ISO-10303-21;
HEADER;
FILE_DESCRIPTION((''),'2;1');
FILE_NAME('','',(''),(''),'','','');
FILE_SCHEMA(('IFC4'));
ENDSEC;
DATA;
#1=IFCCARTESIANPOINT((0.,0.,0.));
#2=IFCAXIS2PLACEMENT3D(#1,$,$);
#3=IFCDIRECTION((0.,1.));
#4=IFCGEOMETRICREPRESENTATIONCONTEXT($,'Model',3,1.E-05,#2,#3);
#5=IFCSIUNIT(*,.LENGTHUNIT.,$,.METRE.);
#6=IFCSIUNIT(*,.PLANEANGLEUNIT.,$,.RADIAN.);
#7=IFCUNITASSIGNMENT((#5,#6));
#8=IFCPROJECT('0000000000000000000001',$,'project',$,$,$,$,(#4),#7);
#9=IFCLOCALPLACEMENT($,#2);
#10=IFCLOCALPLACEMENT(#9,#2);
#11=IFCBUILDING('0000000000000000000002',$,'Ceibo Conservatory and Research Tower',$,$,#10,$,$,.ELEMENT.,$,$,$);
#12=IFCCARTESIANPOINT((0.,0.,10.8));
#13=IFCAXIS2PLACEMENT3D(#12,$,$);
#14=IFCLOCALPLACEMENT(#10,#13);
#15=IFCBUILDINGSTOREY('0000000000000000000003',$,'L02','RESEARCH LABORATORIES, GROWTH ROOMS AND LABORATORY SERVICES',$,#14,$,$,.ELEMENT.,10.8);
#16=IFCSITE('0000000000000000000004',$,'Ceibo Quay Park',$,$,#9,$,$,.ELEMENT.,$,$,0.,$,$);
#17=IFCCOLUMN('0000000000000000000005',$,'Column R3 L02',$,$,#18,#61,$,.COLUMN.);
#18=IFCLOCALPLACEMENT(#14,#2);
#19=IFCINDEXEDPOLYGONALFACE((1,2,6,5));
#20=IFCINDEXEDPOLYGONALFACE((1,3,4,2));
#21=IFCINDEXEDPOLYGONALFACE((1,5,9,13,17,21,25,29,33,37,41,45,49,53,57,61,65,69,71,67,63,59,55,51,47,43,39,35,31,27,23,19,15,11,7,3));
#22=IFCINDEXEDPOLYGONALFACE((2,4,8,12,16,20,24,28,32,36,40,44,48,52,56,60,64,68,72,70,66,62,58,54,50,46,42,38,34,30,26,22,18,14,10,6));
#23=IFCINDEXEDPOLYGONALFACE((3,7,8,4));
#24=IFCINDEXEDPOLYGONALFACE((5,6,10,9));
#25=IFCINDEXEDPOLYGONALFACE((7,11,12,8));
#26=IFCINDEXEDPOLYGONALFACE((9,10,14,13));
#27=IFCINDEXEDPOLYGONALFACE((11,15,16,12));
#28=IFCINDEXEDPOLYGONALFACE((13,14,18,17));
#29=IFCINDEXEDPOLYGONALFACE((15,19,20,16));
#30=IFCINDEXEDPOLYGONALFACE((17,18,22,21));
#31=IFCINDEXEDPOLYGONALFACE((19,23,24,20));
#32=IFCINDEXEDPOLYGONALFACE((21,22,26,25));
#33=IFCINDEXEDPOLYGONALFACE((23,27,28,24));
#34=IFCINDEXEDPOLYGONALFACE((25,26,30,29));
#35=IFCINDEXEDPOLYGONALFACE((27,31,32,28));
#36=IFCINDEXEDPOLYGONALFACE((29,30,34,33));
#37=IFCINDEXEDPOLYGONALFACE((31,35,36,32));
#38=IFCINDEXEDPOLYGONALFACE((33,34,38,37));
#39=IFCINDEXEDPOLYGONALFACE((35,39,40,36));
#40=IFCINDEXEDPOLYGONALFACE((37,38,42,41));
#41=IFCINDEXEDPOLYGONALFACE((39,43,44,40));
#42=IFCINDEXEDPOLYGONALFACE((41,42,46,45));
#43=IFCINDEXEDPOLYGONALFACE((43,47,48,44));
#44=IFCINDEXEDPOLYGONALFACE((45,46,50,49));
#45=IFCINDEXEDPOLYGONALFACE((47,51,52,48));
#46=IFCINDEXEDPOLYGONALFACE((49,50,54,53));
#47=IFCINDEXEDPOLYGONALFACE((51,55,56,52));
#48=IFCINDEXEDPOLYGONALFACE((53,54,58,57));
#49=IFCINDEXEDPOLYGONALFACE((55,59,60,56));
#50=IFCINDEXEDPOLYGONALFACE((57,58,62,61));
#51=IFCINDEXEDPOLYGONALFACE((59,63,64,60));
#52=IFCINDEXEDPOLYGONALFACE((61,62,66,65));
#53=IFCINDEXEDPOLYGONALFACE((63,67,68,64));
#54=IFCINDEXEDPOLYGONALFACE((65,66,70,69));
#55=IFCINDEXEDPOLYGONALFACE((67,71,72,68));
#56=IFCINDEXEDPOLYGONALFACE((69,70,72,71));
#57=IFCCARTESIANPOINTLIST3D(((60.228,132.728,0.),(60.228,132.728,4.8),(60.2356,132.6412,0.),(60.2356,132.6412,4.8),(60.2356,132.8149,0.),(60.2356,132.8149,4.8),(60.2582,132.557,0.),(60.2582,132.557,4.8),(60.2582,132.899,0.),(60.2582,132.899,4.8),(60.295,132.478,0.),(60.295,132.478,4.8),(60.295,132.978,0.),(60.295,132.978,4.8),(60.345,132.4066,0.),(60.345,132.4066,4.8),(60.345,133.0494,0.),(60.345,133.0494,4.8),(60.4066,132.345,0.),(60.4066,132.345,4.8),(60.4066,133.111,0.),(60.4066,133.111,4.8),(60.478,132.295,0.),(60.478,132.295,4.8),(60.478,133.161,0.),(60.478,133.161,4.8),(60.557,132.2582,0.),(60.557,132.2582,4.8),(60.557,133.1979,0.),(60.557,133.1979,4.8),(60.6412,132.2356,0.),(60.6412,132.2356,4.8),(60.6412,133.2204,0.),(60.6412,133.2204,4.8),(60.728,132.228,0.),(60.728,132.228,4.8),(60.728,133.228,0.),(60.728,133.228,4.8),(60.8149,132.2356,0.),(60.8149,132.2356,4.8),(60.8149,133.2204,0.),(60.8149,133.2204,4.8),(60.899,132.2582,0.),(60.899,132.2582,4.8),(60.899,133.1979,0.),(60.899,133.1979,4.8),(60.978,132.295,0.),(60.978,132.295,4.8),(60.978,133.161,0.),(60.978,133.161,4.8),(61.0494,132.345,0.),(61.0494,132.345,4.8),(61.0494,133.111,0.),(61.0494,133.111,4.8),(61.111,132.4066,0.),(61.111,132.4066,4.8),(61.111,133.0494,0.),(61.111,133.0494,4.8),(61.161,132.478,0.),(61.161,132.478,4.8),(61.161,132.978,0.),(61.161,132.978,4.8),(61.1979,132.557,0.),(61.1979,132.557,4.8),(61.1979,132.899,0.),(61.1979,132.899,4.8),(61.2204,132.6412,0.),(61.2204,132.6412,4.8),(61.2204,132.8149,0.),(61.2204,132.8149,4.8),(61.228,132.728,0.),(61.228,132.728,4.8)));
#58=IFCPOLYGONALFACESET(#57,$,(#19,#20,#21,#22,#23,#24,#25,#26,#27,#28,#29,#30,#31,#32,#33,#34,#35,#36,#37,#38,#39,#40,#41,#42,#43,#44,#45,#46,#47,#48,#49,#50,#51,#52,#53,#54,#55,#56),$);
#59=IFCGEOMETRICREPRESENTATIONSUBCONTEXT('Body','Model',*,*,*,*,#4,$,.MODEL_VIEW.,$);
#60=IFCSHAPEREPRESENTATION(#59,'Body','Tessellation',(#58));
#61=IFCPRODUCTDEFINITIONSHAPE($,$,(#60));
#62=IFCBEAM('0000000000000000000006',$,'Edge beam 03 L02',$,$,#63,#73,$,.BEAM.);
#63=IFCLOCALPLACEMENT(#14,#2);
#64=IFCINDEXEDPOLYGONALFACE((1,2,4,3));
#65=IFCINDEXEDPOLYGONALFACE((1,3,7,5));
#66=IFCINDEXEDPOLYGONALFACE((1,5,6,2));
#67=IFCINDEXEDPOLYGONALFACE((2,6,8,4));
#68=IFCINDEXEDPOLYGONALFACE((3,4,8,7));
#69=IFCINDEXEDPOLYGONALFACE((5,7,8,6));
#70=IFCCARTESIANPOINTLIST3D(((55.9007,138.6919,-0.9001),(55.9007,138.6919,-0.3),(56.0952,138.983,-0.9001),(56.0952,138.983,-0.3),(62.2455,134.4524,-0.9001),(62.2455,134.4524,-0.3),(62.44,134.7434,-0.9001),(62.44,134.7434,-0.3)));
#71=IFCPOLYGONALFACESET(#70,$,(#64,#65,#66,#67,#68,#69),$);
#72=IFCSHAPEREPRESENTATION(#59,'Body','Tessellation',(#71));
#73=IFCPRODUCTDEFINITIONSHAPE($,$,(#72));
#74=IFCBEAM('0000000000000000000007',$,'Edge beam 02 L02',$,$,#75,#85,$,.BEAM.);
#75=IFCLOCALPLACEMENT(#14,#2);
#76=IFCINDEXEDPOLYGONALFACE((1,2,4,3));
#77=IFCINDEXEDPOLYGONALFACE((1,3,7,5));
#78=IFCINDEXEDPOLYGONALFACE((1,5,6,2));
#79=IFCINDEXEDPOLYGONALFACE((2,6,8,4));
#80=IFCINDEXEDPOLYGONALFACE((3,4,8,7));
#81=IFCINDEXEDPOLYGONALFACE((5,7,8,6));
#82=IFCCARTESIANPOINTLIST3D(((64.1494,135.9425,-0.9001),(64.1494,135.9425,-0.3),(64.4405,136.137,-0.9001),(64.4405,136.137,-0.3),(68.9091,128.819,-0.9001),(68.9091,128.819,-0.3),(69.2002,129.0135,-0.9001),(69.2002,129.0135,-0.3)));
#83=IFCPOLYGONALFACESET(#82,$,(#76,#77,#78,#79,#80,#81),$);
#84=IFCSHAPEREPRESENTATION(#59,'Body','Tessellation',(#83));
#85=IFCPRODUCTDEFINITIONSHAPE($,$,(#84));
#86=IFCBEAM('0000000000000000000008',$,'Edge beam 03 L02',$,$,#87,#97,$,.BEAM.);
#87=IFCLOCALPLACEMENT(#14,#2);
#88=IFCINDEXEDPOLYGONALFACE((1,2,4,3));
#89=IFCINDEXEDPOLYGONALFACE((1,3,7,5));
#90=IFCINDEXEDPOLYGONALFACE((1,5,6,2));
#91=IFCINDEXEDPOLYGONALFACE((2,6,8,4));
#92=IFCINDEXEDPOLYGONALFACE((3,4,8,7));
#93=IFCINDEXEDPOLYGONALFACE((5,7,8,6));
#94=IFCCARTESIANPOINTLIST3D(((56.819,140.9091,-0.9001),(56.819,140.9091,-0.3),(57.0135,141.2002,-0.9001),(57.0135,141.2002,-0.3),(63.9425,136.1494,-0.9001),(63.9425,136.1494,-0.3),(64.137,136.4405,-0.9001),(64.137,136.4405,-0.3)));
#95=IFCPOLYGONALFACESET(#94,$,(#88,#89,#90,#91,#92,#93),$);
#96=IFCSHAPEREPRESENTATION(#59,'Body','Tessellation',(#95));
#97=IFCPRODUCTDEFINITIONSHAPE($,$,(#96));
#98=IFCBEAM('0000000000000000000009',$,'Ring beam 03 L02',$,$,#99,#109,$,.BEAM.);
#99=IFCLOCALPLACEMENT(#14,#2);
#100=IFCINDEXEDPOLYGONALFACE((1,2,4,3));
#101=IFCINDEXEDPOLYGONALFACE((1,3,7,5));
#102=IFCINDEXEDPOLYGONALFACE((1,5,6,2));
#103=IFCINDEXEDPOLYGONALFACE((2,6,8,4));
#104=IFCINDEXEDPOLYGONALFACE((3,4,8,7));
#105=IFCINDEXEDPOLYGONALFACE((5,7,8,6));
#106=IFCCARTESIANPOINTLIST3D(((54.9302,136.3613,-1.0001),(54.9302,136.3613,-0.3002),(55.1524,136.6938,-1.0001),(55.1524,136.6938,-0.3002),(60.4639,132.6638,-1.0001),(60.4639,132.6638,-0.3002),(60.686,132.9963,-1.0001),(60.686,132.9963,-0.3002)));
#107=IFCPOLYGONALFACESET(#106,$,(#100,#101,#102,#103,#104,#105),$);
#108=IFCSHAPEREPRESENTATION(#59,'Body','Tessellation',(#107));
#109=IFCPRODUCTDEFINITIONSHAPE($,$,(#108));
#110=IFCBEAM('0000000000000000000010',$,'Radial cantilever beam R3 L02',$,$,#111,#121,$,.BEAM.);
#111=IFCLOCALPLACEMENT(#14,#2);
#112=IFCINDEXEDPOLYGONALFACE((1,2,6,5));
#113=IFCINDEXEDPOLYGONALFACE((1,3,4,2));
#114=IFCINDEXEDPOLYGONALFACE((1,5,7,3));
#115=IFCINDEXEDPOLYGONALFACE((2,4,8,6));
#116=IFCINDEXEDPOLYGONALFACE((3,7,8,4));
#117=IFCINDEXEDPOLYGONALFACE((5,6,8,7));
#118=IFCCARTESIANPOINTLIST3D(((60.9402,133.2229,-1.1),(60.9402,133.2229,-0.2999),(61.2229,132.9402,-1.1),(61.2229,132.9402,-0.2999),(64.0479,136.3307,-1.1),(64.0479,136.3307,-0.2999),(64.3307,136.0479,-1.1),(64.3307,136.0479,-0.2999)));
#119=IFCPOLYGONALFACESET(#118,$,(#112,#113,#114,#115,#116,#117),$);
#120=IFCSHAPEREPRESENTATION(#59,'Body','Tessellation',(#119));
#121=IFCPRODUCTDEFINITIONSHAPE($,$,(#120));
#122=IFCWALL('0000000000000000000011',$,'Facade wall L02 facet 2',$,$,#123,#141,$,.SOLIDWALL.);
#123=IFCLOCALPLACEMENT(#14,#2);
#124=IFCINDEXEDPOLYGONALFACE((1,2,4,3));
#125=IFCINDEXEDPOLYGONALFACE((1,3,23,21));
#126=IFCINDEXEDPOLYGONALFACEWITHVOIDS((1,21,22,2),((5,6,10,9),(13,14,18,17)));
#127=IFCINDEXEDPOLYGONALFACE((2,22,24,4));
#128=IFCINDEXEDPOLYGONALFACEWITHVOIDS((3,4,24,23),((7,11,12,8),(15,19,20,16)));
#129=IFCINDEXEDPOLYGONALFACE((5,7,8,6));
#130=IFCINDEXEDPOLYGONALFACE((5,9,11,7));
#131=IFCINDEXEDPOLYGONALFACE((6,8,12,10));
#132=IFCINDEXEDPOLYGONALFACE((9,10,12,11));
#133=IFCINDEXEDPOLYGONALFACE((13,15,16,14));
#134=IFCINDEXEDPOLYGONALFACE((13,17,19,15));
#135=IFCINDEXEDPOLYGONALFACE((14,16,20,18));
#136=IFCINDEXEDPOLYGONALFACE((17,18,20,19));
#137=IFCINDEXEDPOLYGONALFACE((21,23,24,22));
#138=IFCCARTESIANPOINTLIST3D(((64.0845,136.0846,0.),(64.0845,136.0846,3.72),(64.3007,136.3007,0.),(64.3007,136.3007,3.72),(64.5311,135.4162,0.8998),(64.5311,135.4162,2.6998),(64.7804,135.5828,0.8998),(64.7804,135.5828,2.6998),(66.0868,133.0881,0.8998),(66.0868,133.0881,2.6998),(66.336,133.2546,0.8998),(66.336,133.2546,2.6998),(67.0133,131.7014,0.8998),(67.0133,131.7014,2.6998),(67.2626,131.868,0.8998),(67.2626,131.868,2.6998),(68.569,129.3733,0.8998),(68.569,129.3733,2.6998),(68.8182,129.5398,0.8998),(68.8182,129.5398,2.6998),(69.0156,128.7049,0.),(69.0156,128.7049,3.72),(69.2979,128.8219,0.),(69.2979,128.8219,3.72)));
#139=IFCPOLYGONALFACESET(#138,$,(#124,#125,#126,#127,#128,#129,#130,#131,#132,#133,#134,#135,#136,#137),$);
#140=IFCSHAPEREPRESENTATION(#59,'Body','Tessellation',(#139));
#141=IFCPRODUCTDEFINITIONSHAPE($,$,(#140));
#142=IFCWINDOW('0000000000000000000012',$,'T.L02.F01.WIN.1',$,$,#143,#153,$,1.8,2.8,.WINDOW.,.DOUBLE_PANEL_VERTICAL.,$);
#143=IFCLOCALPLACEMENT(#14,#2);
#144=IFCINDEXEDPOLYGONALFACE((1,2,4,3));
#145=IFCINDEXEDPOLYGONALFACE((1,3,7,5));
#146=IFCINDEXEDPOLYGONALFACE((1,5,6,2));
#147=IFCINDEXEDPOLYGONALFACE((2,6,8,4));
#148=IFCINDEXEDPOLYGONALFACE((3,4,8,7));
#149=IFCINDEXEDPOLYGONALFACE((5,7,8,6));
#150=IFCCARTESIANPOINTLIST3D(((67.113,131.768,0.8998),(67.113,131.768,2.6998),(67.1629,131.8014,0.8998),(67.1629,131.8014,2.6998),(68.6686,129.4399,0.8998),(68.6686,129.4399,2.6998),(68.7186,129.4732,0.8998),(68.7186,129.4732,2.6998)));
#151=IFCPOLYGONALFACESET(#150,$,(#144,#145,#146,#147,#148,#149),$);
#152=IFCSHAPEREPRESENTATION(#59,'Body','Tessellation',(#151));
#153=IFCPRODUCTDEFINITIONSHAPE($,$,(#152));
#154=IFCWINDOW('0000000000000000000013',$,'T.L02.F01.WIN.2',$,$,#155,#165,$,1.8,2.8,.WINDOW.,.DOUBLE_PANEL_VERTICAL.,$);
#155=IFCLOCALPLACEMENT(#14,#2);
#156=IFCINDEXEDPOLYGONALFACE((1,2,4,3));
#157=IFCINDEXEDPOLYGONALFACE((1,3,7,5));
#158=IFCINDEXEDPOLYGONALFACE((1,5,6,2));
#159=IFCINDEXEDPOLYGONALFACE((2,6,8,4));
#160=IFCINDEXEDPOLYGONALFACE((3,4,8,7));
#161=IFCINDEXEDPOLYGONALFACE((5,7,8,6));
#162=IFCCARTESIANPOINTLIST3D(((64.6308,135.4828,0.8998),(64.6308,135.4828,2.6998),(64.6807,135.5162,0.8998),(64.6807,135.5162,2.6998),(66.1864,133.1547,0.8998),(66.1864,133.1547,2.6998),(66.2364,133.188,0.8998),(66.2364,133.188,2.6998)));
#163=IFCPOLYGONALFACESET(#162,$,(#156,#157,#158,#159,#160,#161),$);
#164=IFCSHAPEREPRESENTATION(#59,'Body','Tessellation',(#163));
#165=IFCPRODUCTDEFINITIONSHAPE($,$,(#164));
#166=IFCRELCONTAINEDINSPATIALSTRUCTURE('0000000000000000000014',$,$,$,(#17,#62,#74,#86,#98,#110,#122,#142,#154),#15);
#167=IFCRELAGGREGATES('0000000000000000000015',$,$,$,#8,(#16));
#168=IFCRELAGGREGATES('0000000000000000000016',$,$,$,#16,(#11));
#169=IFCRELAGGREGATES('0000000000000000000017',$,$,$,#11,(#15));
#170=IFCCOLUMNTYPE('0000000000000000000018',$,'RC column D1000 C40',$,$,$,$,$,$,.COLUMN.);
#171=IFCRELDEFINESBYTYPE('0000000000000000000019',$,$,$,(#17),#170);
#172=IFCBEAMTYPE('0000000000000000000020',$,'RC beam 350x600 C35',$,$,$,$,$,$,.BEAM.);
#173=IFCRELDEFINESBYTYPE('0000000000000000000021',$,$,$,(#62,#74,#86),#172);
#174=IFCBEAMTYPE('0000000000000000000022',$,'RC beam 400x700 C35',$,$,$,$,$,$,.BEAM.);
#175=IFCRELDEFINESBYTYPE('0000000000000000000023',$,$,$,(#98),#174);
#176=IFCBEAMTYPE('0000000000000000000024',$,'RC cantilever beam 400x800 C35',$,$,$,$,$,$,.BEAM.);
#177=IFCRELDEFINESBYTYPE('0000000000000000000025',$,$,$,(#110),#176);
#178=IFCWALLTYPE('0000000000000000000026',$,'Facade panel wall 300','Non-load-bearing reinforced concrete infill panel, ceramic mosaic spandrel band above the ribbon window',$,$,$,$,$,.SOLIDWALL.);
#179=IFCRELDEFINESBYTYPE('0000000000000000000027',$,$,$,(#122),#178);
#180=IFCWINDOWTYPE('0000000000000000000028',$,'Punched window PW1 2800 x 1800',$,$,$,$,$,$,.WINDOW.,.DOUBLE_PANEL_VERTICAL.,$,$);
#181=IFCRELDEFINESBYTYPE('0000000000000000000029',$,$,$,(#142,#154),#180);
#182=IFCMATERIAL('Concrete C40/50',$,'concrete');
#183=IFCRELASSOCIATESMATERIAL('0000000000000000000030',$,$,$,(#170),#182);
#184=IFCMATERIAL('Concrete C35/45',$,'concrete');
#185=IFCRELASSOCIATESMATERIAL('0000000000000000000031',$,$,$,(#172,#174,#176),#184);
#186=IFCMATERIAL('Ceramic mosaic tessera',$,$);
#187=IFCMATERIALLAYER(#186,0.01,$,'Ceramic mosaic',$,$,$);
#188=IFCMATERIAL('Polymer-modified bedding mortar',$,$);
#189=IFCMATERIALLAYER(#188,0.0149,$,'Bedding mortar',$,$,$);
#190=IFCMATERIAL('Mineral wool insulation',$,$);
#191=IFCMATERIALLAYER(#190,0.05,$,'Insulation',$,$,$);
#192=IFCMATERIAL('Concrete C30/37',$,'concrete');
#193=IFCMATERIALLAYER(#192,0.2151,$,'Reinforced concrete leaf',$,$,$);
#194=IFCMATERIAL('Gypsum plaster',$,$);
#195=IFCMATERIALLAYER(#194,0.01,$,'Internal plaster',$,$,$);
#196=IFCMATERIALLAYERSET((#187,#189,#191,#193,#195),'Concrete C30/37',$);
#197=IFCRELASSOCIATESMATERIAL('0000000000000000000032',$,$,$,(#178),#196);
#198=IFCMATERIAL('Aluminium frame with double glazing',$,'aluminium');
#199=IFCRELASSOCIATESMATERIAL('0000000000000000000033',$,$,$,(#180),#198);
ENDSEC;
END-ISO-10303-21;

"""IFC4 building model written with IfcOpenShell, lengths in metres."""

from ifc_helpers import new_model, si_unit, direction, frame, frame_2d, origin, origin_2d, place, context, subcontext, project, spatial, polyline, rectangle, circle, outline, extrude, material, layer, layer_set, material_profile, profile_set, type_object, element, fill, save


model = new_model("IFC4")

# Units and contexts
model_context = context("Model", 3, precision=1e-05, world=origin(), true_north=direction((0.0, 1.0)))
body_context = subcontext(model_context, "Body", "Model", "MODEL_VIEW")
ifc_project = project(units=[si_unit("LENGTHUNIT", "METRE"), si_unit("PLANEANGLEUNIT", "RADIAN")], contexts=[model_context])

# Site, building, storey
site_placement = place(None, origin())
site = spatial("IfcSite", under=ifc_project, at=site_placement, Name="Ceibo Quay Park", CompositionType="ELEMENT", RefElevation=0.0)
building_placement = place(site_placement, origin())
building = spatial("IfcBuilding", under=site, at=building_placement, Name="Ceibo Conservatory and Research Tower", CompositionType="ELEMENT")
storey_placement = place(building_placement, frame((0.0, 0.0, 10.8)))
storey = spatial("IfcBuildingStorey", under=building, at=storey_placement, Name="L02", Description="RESEARCH LABORATORIES, GROWTH ROOMS AND LABORATORY SERVICES", CompositionType="ELEMENT", Elevation=10.8)

# Column
ifc_material_1 = material(Name="Concrete C40/50", Category="concrete")
ifc_material_profile_1 = material_profile(ifc_material_1, circle(Radius=0.5, at=origin_2d()), Name="RC D1000")
ifc_profile_set_1 = profile_set([ifc_material_profile_1], Name="Concrete C40/50")
column_type = type_object("IfcColumnType", Name="RC column D1000 C40", PredefinedType="COLUMN", material=ifc_profile_set_1)
column_placement = place(storey_placement, frame((60.728, 132.728, 0.0), z_axis=(0.0, 0.0, 1.0), x_axis=(1.0, 0.0, 0.0)))
element("IfcColumn", 1, at=column_placement, inside=storey, type_object=column_type, Name="Column R3 L02", PredefinedType="COLUMN", context=body_context, shape_type="SweptSolid", body=[
    extrude(circle(Radius=0.5, at=origin_2d()), origin(), (0.0, 0.0, 1.0), 4.8),
])

# Beams
ifc_material_2 = material(Name="Concrete C35/45", Category="concrete")
ifc_material_profile_2 = material_profile(ifc_material_2, rectangle(XDim=0.3501, YDim=0.6001, at=origin_2d()), Name="RC 350x600")
ifc_profile_set_2 = profile_set([ifc_material_profile_2], Name="Concrete C35/45")
beam_type_1 = type_object("IfcBeamType", Name="RC beam 350x600 C35", PredefinedType="BEAM", material=ifc_profile_set_2)
beam_1_placement = place(storey_placement, frame((62.3428, 134.5979, -0.6001), z_axis=(-0.831464, 0.555578, 0.0), x_axis=(-0.555578, -0.831464, 0.0)))
element("IfcBeam", 2, at=beam_1_placement, inside=storey, type_object=beam_type_1, Name="Edge beam 03 L02", PredefinedType="BEAM", context=body_context, shape_type="SweptSolid", body=[
    extrude(rectangle(XDim=0.3501, YDim=0.6001, at=origin_2d()), origin(), (0.0, 0.0, 1.0), 7.6309),
])
for number, where, z_axis, x_axis, name in (
    (3, (69.0547, 128.9163, -0.6001), (-0.555568, 0.831471, 0.0), (-0.831471, -0.555568, 0.0), "Edge beam 02 L02"),
    (4, (64.0398, 136.2949, -0.6001), (-0.831471, 0.555568, 0.0), (-0.555568, -0.831471, 0.0), "Edge beam 03 L02"),
):
    element("IfcBeam", number, at=place(storey_placement, frame(where, z_axis=z_axis, x_axis=x_axis)), inside=storey, type_object=beam_type_1, Name=name, PredefinedType="BEAM", context=body_context, shape_type="SweptSolid", body=[
        extrude(rectangle(XDim=0.3501, YDim=0.6001, at=origin_2d()), origin(), (0.0, 0.0, 1.0), 8.5674),
    ])
ifc_material_profile_3 = material_profile(ifc_material_2, rectangle(XDim=0.3999, YDim=0.7, at=origin_2d()), Name="RC 400x700")
ifc_profile_set_3 = profile_set([ifc_material_profile_3], Name="Concrete C35/45")
beam_type_2 = type_object("IfcBeamType", Name="RC beam 400x700 C35", PredefinedType="BEAM", material=ifc_profile_set_3)
beam_2_placement = place(storey_placement, frame((60.575, 132.8301, -0.6501), z_axis=(-0.831469, 0.555572, 0.0), x_axis=(-0.555572, -0.831469, 0.0)))
element("IfcBeam", 5, at=beam_2_placement, inside=storey, type_object=beam_type_2, Name="Ring beam 03 L02", PredefinedType="BEAM", context=body_context, shape_type="SweptSolid", body=[
    extrude(rectangle(XDim=0.3999, YDim=0.7, at=origin_2d()), origin(), (0.0, 0.0, 1.0), 6.6553),
])
ifc_material_profile_4 = material_profile(ifc_material_2, rectangle(XDim=0.3999, YDim=0.8, at=origin_2d()), Name="RC 400x800")
ifc_profile_set_4 = profile_set([ifc_material_profile_4], Name="Concrete C35/45")
beam_type_3 = type_object("IfcBeamType", Name="RC cantilever beam 400x800 C35", PredefinedType="BEAM", material=ifc_profile_set_4)
beam_3_placement = place(storey_placement, frame((61.0815, 133.0815, -0.7), z_axis=(0.707107, 0.707107, 0.0), x_axis=(-0.707107, 0.707107, 0.0)))
element("IfcBeam", 6, at=beam_3_placement, inside=storey, type_object=beam_type_3, Name="Radial cantilever beam R3 L02", PredefinedType="BEAM", context=body_context, shape_type="SweptSolid", body=[
    extrude(rectangle(XDim=0.3999, YDim=0.8, at=origin_2d()), origin(), (0.0, 0.0, 1.0), 4.395),
])

# Wall, openings, windows
ifc_material_3 = material(Name="Ceramic mosaic tessera")
ifc_layer_1 = layer(ifc_material_3, 0.01, Name="Ceramic mosaic")
ifc_material_4 = material(Name="Polymer-modified bedding mortar")
ifc_layer_2 = layer(ifc_material_4, 0.0149, Name="Bedding mortar")
ifc_material_5 = material(Name="Mineral wool insulation")
ifc_layer_3 = layer(ifc_material_5, 0.05, Name="Insulation")
ifc_material_6 = material(Name="Concrete C30/37", Category="concrete")
ifc_layer_4 = layer(ifc_material_6, 0.2151, Name="Reinforced concrete leaf")
ifc_material_7 = material(Name="Gypsum plaster")
ifc_layer_5 = layer(ifc_material_7, 0.01, Name="Internal plaster")
ifc_layer_set_1 = layer_set([ifc_layer_1, ifc_layer_2, ifc_layer_3, ifc_layer_4, ifc_layer_5], Name="Concrete C30/37")
wall_type = type_object("IfcWallType", Name="Facade panel wall 300", Description="Non-load-bearing reinforced concrete infill panel, ceramic mosaic spandrel band above the ribbon window", PredefinedType="SOLIDWALL", material=ifc_layer_set_1)
wall_1_placement = place(storey_placement, frame((69.1567, 128.7634, 0.0), z_axis=(0.0, 0.0, 1.0), x_axis=(-0.555576, 0.831466, 0.0)))
wall_1 = element("IfcWall", 7, at=wall_1_placement, inside=storey, type_object=wall_type, Name="Facade wall L02 facet 2", PredefinedType="SOLIDWALL", context=body_context, shape_type="SweptSolid", body=[
    extrude(outline(polyline([(-0.0298, -0.1499), (8.9648, -0.1499), (8.9053, 0.1499), (0.0298, 0.1499), (-0.0298, -0.1499)])), origin(), (0.0, 0.0, 1.0), 3.72),
])
opening_1_placement = place(wall_1_placement, frame((0.8337, 0.0, 0.8999)))
opening_1 = element("IfcOpeningElement", 8, at=opening_1_placement, cuts=wall_1, PredefinedType="OPENING", context=body_context, shape_type="SweptSolid", body=[
    extrude(rectangle(XDim=2.8, YDim=1.8, at=frame_2d((1.3999, 0.8999))), frame((0.0, 0.1599, 0.0), z_axis=(0.0, -1.0, 0.0), x_axis=(1.0, 0.0, 0.0)), (0.0, 0.0, 1.0), 0.3201),
])
opening_2_placement = place(wall_1_placement, frame((5.3015, 0.0, 0.8999)))
opening_2 = element("IfcOpeningElement", 9, at=opening_2_placement, cuts=wall_1, PredefinedType="OPENING", context=body_context, shape_type="SweptSolid", body=[
    extrude(rectangle(XDim=2.8, YDim=1.8, at=frame_2d((1.3999, 0.8999))), frame((0.0, 0.1599, 0.0), z_axis=(0.0, -1.0, 0.0), x_axis=(1.0, 0.0, 0.0)), (0.0, 0.0, 1.0), 0.3201),
])
ifc_material_8 = material(Name="Aluminium frame with double glazing", Category="aluminium")
window_type = type_object("IfcWindowType", Name="Punched window PW1 2800 x 1800", PartitioningType="DOUBLE_PANEL_VERTICAL", PredefinedType="WINDOW", material=ifc_material_8)
window_1_placement = place(opening_1_placement, origin())
window_1 = element("IfcWindow", 10, at=window_1_placement, inside=storey, type_object=window_type, Name="T.L02.F01.WIN.1", OverallHeight=1.8, OverallWidth=2.8, PartitioningType="DOUBLE_PANEL_VERTICAL", PredefinedType="WINDOW", context=body_context, shape_type="SweptSolid", body=[
    extrude(rectangle(XDim=2.8, YDim=1.8, at=frame_2d((1.3999, 0.8999))), frame((0.0, 0.03, 0.0), z_axis=(0.0, -1.0, 0.0), x_axis=(1.0, 0.0, 0.0)), (0.0, 0.0, 1.0), 0.0601),
])
fill(opening_1, window_1)
window_2_placement = place(opening_2_placement, origin())
window_2 = element("IfcWindow", 11, at=window_2_placement, inside=storey, type_object=window_type, Name="T.L02.F01.WIN.2", OverallHeight=1.8, OverallWidth=2.8, PartitioningType="DOUBLE_PANEL_VERTICAL", PredefinedType="WINDOW", context=body_context, shape_type="SweptSolid", body=[
    extrude(rectangle(XDim=2.8, YDim=1.8, at=frame_2d((1.3999, 0.8999))), frame((0.0, 0.03, 0.0), z_axis=(0.0, -1.0, 0.0), x_axis=(1.0, 0.0, 0.0)), (0.0, 0.0, 1.0), 0.0601),
])
fill(opening_2, window_2)

save(model, "model.ifc")
